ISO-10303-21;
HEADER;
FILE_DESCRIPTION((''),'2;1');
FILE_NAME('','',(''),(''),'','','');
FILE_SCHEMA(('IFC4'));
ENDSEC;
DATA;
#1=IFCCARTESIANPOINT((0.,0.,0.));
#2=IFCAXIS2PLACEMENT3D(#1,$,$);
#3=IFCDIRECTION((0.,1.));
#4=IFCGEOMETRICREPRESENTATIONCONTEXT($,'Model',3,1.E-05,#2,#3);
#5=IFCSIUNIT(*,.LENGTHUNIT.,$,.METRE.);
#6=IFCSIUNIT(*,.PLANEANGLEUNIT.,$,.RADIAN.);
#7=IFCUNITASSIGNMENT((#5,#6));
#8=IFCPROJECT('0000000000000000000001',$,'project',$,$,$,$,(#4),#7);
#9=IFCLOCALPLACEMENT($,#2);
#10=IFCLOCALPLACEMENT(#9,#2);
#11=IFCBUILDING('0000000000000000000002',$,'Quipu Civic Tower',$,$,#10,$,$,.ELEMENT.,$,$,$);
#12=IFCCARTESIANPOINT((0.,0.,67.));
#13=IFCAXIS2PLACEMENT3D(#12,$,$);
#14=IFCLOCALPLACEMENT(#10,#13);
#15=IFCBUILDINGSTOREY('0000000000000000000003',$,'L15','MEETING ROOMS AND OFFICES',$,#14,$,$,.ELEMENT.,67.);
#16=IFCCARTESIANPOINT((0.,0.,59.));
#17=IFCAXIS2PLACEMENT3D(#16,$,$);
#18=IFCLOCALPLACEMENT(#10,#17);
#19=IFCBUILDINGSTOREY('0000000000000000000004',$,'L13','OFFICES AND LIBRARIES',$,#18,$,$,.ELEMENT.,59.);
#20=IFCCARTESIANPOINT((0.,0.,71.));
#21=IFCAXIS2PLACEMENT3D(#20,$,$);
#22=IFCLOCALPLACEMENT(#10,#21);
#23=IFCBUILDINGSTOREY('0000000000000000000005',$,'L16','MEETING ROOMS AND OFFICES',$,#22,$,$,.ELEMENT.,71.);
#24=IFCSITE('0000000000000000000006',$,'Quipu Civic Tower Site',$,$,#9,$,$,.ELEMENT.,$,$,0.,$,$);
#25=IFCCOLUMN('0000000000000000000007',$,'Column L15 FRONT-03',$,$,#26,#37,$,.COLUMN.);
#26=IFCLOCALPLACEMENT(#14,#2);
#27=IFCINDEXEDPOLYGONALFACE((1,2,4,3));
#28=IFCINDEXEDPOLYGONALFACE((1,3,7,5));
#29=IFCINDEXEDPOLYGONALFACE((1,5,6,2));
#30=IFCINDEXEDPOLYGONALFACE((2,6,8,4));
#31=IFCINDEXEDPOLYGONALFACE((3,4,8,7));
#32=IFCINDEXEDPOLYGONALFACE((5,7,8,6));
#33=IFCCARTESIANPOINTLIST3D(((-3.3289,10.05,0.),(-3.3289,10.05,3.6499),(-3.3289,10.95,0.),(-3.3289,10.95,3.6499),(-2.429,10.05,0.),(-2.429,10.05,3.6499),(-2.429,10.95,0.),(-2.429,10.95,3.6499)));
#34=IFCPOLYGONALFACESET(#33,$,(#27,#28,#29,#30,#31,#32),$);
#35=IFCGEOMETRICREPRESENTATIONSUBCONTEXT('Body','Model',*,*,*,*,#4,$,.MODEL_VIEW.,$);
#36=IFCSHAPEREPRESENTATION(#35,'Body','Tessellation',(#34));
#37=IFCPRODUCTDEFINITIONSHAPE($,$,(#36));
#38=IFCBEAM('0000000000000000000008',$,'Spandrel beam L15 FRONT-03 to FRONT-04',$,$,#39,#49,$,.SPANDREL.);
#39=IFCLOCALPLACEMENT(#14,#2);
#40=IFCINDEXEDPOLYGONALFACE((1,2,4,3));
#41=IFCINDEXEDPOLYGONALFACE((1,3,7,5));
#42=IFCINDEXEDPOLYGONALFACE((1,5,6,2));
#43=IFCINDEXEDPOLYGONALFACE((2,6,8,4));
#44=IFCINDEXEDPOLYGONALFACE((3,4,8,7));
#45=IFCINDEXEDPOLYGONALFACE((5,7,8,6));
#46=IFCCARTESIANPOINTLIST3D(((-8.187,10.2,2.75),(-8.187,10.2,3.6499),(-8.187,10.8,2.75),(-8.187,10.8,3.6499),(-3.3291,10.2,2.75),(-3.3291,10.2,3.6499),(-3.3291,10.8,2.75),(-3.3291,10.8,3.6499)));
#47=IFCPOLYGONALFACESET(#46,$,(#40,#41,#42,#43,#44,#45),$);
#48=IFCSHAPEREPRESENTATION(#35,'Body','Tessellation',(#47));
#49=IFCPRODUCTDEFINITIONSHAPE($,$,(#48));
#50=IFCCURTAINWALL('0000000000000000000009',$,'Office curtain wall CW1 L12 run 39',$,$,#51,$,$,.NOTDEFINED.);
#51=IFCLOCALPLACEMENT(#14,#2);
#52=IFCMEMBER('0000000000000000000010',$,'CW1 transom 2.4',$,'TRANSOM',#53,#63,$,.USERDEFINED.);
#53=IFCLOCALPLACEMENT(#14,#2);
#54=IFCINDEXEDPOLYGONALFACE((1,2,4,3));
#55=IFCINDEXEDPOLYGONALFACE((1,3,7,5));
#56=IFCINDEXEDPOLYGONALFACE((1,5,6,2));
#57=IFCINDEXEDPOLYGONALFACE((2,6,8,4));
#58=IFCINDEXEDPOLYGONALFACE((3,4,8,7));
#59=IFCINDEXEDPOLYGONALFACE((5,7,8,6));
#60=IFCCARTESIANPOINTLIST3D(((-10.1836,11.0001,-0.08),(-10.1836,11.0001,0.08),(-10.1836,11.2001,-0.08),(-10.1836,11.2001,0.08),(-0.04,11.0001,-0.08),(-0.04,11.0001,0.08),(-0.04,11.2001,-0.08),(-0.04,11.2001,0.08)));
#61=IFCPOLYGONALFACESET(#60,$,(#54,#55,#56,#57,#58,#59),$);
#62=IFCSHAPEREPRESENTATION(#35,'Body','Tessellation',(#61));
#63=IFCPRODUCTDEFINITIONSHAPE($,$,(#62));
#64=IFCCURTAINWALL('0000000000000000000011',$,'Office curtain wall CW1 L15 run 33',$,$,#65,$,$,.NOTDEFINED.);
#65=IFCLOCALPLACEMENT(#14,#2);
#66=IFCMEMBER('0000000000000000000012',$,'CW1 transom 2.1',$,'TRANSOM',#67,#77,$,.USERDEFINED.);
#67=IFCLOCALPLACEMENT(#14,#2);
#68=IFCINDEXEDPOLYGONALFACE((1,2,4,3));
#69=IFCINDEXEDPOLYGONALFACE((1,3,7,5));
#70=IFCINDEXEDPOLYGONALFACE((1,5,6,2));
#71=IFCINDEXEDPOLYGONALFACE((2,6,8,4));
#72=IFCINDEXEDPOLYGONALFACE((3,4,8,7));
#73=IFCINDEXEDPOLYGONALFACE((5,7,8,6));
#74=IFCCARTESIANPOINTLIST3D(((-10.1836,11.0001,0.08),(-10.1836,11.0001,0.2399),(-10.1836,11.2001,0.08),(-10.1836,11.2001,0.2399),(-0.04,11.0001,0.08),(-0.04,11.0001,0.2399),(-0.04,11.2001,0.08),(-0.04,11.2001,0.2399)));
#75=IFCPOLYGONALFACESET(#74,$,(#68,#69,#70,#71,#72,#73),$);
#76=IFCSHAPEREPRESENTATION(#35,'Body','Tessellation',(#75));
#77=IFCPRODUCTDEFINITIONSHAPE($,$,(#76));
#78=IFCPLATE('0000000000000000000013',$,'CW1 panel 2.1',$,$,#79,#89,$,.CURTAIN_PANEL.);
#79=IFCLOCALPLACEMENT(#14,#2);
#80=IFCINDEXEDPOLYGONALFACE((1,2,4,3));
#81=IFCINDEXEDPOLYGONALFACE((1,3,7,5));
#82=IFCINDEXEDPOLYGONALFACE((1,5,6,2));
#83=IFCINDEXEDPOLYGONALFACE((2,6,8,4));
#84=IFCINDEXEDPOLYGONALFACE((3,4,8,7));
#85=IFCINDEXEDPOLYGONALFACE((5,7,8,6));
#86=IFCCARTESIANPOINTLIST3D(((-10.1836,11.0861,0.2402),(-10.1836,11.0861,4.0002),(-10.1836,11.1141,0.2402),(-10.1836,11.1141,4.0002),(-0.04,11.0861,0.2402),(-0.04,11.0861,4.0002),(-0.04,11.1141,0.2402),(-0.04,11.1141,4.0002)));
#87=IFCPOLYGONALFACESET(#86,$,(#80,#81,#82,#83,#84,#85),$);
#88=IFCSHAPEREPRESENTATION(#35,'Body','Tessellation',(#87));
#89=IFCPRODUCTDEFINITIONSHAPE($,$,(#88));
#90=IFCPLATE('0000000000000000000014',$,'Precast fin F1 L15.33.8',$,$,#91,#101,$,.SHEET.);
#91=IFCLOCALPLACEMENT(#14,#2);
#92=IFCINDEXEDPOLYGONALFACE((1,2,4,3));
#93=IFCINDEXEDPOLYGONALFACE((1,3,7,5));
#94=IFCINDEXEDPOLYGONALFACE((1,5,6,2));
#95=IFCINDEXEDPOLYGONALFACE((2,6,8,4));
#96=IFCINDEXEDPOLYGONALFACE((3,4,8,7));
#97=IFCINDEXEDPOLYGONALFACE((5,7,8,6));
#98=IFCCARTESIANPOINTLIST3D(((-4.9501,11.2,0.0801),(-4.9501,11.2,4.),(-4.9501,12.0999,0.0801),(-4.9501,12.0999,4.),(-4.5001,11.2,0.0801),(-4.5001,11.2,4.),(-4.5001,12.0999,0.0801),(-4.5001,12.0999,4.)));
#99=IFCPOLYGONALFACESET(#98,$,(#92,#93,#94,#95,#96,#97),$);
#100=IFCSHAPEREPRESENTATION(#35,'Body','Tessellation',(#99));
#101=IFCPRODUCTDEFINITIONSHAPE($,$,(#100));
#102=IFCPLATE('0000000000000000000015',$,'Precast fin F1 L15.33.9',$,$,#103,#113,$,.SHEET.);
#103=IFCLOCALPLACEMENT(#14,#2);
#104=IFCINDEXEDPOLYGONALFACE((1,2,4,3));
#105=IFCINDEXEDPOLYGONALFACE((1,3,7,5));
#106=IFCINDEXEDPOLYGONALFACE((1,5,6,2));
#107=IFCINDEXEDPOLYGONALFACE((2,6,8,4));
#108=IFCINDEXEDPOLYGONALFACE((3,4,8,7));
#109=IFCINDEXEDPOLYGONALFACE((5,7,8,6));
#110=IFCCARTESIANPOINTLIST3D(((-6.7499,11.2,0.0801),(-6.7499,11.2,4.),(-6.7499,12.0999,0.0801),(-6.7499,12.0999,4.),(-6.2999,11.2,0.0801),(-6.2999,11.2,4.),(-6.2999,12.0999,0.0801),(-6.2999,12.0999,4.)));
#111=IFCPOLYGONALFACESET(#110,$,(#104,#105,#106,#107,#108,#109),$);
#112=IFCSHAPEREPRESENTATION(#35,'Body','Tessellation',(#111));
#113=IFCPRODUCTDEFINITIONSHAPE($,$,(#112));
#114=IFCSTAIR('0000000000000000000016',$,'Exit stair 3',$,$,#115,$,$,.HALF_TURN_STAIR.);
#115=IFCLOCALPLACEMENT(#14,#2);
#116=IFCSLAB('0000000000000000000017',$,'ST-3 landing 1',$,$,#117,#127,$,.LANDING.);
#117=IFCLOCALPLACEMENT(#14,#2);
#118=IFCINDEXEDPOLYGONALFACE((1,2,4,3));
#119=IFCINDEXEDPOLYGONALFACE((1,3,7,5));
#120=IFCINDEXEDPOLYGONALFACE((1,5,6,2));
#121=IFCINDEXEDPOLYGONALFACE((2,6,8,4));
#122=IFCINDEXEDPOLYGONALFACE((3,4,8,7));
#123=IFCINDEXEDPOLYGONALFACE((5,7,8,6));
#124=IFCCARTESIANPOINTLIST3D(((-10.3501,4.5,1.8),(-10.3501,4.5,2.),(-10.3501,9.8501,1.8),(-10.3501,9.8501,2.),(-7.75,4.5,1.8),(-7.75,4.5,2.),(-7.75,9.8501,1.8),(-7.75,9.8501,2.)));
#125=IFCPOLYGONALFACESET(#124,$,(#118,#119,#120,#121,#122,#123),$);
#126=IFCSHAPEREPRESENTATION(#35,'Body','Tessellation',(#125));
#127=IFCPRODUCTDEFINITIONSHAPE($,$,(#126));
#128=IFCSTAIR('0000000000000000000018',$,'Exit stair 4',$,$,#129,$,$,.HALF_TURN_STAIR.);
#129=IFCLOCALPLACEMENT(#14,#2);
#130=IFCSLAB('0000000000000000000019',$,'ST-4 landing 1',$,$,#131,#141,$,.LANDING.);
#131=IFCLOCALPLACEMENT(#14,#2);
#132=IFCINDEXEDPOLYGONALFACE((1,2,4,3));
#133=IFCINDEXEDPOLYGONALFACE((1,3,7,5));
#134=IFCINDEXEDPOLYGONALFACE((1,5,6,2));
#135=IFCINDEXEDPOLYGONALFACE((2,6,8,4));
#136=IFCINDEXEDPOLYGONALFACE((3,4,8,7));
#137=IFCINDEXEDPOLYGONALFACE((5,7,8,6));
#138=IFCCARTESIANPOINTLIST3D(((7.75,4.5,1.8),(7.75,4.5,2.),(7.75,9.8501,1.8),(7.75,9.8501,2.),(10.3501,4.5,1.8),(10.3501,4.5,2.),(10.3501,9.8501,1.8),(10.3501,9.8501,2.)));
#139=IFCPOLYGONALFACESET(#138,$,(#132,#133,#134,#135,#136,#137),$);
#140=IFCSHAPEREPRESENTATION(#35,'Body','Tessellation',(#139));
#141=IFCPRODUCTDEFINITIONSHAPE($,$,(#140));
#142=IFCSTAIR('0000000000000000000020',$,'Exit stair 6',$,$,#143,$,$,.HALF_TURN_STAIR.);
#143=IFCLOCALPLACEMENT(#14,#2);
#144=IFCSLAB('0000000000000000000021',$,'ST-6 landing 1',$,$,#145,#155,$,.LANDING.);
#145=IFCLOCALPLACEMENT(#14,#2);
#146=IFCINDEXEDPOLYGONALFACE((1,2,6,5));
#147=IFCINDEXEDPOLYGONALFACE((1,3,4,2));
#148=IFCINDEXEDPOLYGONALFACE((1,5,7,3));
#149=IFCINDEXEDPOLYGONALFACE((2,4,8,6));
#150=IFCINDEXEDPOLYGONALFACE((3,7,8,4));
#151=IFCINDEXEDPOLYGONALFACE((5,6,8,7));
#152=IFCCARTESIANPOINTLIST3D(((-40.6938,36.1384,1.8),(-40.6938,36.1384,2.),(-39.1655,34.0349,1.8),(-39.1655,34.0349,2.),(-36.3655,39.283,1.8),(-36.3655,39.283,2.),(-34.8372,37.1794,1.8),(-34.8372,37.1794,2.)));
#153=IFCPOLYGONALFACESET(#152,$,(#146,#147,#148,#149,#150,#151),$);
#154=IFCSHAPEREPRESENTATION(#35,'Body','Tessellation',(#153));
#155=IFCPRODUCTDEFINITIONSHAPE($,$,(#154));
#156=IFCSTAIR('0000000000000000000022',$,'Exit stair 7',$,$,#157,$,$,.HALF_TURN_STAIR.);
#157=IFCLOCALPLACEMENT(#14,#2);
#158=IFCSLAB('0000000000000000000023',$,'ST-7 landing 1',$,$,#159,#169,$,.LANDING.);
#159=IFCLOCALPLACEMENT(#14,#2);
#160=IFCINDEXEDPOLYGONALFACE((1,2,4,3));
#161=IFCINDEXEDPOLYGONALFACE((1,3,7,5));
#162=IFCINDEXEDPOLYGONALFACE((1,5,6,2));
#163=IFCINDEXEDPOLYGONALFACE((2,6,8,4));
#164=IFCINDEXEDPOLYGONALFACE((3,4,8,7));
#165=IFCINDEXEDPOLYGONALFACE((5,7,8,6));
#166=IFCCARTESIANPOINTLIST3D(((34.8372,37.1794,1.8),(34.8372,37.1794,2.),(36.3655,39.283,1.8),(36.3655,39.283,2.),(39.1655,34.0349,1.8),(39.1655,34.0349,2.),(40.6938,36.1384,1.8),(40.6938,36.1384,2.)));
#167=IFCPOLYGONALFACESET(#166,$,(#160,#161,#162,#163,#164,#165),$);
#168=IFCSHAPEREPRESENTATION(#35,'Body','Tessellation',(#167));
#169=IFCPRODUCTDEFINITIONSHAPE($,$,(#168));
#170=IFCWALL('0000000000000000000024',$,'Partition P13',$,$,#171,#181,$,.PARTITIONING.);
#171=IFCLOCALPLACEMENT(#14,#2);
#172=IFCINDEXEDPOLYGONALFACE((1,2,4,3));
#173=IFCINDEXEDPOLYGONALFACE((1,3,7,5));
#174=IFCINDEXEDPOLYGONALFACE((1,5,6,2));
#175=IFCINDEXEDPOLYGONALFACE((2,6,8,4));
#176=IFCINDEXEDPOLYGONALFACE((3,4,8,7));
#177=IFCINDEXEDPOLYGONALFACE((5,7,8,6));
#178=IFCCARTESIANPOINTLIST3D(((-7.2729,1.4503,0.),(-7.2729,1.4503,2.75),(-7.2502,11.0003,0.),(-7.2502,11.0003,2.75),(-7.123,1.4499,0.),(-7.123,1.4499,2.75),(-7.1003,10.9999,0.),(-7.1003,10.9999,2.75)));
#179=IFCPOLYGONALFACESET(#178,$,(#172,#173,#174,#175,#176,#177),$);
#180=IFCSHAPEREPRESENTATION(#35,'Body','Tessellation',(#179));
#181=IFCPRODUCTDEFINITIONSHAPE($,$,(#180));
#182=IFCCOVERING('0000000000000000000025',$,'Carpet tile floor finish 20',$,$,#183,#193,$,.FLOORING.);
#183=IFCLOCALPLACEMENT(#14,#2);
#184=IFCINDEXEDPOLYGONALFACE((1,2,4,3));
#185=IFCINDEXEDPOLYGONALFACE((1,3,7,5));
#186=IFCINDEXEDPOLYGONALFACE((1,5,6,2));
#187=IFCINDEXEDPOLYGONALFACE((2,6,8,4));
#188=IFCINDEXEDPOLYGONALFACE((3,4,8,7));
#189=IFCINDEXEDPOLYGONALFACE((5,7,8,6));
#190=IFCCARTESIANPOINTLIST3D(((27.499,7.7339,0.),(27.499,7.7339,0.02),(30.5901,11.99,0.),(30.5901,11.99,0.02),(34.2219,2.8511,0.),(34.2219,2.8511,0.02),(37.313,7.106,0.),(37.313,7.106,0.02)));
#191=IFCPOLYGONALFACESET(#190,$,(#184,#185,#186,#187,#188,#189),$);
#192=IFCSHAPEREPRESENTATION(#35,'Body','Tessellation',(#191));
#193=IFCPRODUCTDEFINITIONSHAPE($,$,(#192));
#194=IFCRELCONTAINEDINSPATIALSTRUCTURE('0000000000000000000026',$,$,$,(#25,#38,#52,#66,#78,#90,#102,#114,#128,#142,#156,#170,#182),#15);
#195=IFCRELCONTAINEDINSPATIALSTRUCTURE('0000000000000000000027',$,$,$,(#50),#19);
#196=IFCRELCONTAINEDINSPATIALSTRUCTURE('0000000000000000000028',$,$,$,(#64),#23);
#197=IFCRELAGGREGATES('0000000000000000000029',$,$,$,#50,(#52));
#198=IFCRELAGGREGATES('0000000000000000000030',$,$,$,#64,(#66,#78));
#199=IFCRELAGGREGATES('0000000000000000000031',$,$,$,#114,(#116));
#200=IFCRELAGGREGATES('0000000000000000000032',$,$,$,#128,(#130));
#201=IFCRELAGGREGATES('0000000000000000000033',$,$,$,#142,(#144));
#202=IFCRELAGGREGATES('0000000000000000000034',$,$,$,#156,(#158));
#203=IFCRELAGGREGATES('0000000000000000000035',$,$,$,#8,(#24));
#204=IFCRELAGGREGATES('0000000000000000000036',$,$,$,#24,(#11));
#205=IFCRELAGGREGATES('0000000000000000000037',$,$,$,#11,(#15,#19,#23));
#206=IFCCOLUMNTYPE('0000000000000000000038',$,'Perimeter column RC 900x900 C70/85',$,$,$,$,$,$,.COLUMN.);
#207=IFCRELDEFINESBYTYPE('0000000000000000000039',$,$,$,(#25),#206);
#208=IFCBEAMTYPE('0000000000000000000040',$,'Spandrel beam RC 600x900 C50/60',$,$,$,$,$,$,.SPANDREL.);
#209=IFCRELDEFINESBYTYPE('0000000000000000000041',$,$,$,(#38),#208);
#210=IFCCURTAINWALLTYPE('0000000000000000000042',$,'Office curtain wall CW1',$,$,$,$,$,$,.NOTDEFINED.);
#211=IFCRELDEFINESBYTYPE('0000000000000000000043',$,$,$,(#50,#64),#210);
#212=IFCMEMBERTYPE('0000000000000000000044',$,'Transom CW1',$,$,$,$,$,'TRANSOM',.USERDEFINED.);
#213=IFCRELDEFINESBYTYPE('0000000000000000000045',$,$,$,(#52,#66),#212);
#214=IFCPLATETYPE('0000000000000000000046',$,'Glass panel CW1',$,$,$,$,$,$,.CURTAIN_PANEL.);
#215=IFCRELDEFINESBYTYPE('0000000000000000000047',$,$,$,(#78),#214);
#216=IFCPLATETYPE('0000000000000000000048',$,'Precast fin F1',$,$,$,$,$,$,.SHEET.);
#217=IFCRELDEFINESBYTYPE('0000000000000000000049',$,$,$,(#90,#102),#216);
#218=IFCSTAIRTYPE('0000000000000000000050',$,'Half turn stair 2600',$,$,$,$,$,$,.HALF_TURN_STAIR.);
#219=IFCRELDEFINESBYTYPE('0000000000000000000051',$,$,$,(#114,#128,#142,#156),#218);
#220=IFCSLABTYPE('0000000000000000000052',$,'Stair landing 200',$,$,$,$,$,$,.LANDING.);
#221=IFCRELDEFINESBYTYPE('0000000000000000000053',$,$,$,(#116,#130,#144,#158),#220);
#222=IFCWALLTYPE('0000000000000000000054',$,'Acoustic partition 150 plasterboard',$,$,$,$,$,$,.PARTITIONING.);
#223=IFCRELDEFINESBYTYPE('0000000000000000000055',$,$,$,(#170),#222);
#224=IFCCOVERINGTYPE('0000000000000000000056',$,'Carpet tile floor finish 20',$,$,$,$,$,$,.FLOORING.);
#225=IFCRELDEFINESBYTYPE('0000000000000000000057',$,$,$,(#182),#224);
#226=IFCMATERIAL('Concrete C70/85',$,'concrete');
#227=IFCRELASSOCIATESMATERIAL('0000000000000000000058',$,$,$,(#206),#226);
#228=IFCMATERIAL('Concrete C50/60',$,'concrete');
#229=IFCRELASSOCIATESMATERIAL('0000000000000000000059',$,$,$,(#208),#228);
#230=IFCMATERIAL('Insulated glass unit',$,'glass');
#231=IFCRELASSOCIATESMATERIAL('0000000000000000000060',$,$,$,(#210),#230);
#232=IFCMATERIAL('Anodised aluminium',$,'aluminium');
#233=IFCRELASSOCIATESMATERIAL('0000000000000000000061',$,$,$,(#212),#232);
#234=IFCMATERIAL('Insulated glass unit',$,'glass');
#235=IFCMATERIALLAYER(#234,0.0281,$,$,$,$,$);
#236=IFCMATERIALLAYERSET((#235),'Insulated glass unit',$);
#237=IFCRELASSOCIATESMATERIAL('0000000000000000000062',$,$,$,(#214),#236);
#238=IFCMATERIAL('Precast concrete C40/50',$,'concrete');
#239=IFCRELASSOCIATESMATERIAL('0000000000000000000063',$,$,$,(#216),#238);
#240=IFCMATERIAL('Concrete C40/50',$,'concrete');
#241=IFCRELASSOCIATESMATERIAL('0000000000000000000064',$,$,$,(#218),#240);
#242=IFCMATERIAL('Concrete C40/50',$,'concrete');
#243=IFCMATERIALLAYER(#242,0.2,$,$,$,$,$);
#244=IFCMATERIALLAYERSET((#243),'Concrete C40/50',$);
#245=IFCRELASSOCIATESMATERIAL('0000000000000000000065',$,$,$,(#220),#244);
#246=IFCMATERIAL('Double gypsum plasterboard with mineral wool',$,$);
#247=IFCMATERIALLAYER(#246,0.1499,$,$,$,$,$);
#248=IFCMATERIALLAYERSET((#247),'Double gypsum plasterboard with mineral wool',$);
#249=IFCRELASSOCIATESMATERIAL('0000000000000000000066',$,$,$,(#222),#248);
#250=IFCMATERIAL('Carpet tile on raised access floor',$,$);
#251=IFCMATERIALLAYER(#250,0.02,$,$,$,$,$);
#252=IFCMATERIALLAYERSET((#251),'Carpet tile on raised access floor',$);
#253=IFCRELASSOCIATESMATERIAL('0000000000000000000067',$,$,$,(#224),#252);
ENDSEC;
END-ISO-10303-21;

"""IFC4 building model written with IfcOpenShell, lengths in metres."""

from ifc_helpers import new_model, si_unit, direction, frame, frame_2d, origin, origin_2d, place, context, subcontext, project, spatial, polyline, rectangle, outline, extrude, material, layer, layer_set, material_profile, profile_set, type_object, element, aggregate, save


model = new_model("IFC4")

# Units and contexts
model_context = context("Model", 3, precision=1e-05, world=origin(), true_north=direction((0.0, 1.0)))
body_context = subcontext(model_context, "Body", "Model", "MODEL_VIEW")
ifc_project = project(units=[si_unit("LENGTHUNIT", "METRE"), si_unit("PLANEANGLEUNIT", "RADIAN")], contexts=[model_context])

# Site, building, storey
site_placement = place(None, origin())
site = spatial("IfcSite", under=ifc_project, at=site_placement, Name="Quipu Civic Tower Site", CompositionType="ELEMENT", RefElevation=0.0)
building_placement = place(site_placement, origin())
building = spatial("IfcBuilding", under=site, at=building_placement, Name="Quipu Civic Tower", CompositionType="ELEMENT")
storey_1_placement = place(building_placement, frame((0.0, 0.0, 67.0)))
storey_1 = spatial("IfcBuildingStorey", under=building, at=storey_1_placement, Name="L15", Description="MEETING ROOMS AND OFFICES", CompositionType="ELEMENT", Elevation=67.0)

# Column
ifc_material_1 = material(Name="Concrete C70/85", Category="concrete")
ifc_material_profile_1 = material_profile(ifc_material_1, rectangle(XDim=0.8999, YDim=0.8999, at=origin_2d()), Name="RC900x900")
ifc_profile_set_1 = profile_set([ifc_material_profile_1], Name="Concrete C70/85")
column_type = type_object("IfcColumnType", Name="Perimeter column RC 900x900 C70/85", PredefinedType="COLUMN", material=ifc_profile_set_1)
column_placement = place(storey_1_placement, frame((-2.8789, 10.5, 0.0), z_axis=(0.0, 0.0, 1.0), x_axis=(-1.0, 0.0, 0.0)))
element("IfcColumn", 1, at=column_placement, inside=storey_1, type_object=column_type, Name="Column L15 FRONT-03", PredefinedType="COLUMN", context=body_context, shape_type="SweptSolid", body=[
    extrude(rectangle(XDim=0.8999, YDim=0.8999, at=origin_2d()), origin(), (0.0, 0.0, 1.0), 3.6499),
])

# Beam
ifc_material_2 = material(Name="Concrete C50/60", Category="concrete")
ifc_material_profile_2 = material_profile(ifc_material_2, rectangle(XDim=0.6001, YDim=0.8999, at=origin_2d()), Name="RC600x900")
ifc_profile_set_2 = profile_set([ifc_material_profile_2], Name="Concrete C50/60")
beam_type = type_object("IfcBeamType", Name="Spandrel beam RC 600x900 C50/60", PredefinedType="SPANDREL", material=ifc_profile_set_2)
beam_placement = place(storey_1_placement, frame((-3.3291, 10.5, 3.2), z_axis=(-1.0, 0.0, 0.0), x_axis=(0.0, -1.0, 0.0)))
element("IfcBeam", 2, at=beam_placement, inside=storey_1, type_object=beam_type, Name="Spandrel beam L15 FRONT-03 to FRONT-04", PredefinedType="SPANDREL", context=body_context, shape_type="SweptSolid", body=[
    extrude(rectangle(XDim=0.6001, YDim=0.8999, at=origin_2d()), origin(), (0.0, 0.0, 1.0), 4.8579),
])

# Shared definitions
storey_2_placement = place(building_placement, frame((0.0, 0.0, 59.0)))
storey_2 = spatial("IfcBuildingStorey", under=building, at=storey_2_placement, Name="L13", Description="OFFICES AND LIBRARIES", CompositionType="ELEMENT", Elevation=59.0)

# Curtain wall, member
ifc_material_3 = material(Name="Insulated glass unit", Category="glass")
curtain_wall_type = type_object("IfcCurtainWallType", Name="Office curtain wall CW1", PredefinedType="NOTDEFINED", material=ifc_material_3)
curtain_wall_1_placement = place(storey_2_placement, origin())
curtain_wall_1 = element("IfcCurtainWall", 3, at=curtain_wall_1_placement, inside=storey_2, type_object=curtain_wall_type, Name="Office curtain wall CW1 L12 run 39", PredefinedType="NOTDEFINED")
ifc_material_4 = material(Name="Anodised aluminium", Category="aluminium")
ifc_material_profile_3 = material_profile(ifc_material_4, rectangle(XDim=0.2, YDim=0.1599, at=origin_2d()), Name="RECT 200x160")
ifc_profile_set_3 = profile_set([ifc_material_profile_3], Name="Anodised aluminium")
member_type = type_object("IfcMemberType", Name="Transom CW1", ElementType="TRANSOM", PredefinedType="USERDEFINED", material=ifc_profile_set_3)
member_1_placement = place(storey_1_placement, frame((-0.04, 11.1001, 0.0), z_axis=(-1.0, 0.0, 0.0), x_axis=(0.0, -1.0, 0.0)))
member_1 = element("IfcMember", 4, at=member_1_placement, inside=storey_1, type_object=member_type, Name="CW1 transom 2.4", ObjectType="TRANSOM", PredefinedType="USERDEFINED", context=body_context, shape_type="SweptSolid", body=[
    extrude(rectangle(XDim=0.2, YDim=0.1599, at=origin_2d()), origin(), (0.0, 0.0, 1.0), 10.1436),
])
aggregate(curtain_wall_1, [member_1])

# Shared definitions
storey_3_placement = place(building_placement, frame((0.0, 0.0, 71.0)))
storey_3 = spatial("IfcBuildingStorey", under=building, at=storey_3_placement, Name="L16", Description="MEETING ROOMS AND OFFICES", CompositionType="ELEMENT", Elevation=71.0)

# Curtain wall, member, plate
curtain_wall_2_placement = place(storey_3_placement, origin())
curtain_wall_2 = element("IfcCurtainWall", 5, at=curtain_wall_2_placement, inside=storey_3, type_object=curtain_wall_type, Name="Office curtain wall CW1 L15 run 33", PredefinedType="NOTDEFINED")
member_2_placement = place(storey_1_placement, frame((-0.04, 11.1001, 0.1599), z_axis=(-1.0, 0.0, 0.0), x_axis=(0.0, -1.0, 0.0)))
member_2 = element("IfcMember", 6, at=member_2_placement, inside=storey_1, type_object=member_type, Name="CW1 transom 2.1", ObjectType="TRANSOM", PredefinedType="USERDEFINED", context=body_context, shape_type="SweptSolid", body=[
    extrude(rectangle(XDim=0.2, YDim=0.1599, at=origin_2d()), origin(), (0.0, 0.0, 1.0), 10.1436),
])
ifc_material_5 = material(Name="Insulated glass unit", Category="glass")
ifc_layer_1 = layer(ifc_material_5, 0.0281)
ifc_layer_set_1 = layer_set([ifc_layer_1], Name="Insulated glass unit")
plate_type_1 = type_object("IfcPlateType", Name="Glass panel CW1", PredefinedType="CURTAIN_PANEL", material=ifc_layer_set_1)
plate_placement = place(storey_1_placement, frame((-5.1118, 11.1001, 0.2402), z_axis=(0.0, 0.0, 1.0), x_axis=(-1.0, 0.0, 0.0)))
plate = element("IfcPlate", 7, at=plate_placement, inside=storey_1, type_object=plate_type_1, Name="CW1 panel 2.1", PredefinedType="CURTAIN_PANEL", context=body_context, shape_type="SweptSolid", body=[
    extrude(rectangle(XDim=10.1436, YDim=0.0281, at=origin_2d()), origin(), (0.0, 0.0, 1.0), 3.76),
])
aggregate(curtain_wall_2, [member_2, plate])

# Plates
ifc_material_6 = material(Name="Precast concrete C40/50", Category="concrete")
plate_type_2 = type_object("IfcPlateType", Name="Precast fin F1", PredefinedType="SHEET", material=ifc_material_6)
for number, where, z_axis, x_axis, name in (
    (8, (-4.7251, 11.6499, 0.0801), (0.0, 0.0, 1.0), (-1.0, 0.0, 0.0), "Precast fin F1 L15.33.8"),
    (9, (-6.5249, 11.6499, 0.0801), (0.0, 0.0, 1.0), (-1.0, 0.0, 0.0), "Precast fin F1 L15.33.9"),
):
    element("IfcPlate", number, at=place(storey_1_placement, frame(where, z_axis=z_axis, x_axis=x_axis)), inside=storey_1, type_object=plate_type_2, Name=name, PredefinedType="SHEET", context=body_context, shape_type="SweptSolid", body=[
        extrude(rectangle(XDim=0.45, YDim=0.8999, at=origin_2d()), origin(), (0.0, 0.0, 1.0), 3.9199),
    ])

# Stairs, slabs
ifc_material_7 = material(Name="Concrete C40/50", Category="concrete")
stair_type = type_object("IfcStairType", Name="Half turn stair 2600", PredefinedType="HALF_TURN_STAIR", material=ifc_material_7)
stair_1_placement = place(storey_1_placement, origin())
stair_1 = element("IfcStair", 10, at=stair_1_placement, inside=storey_1, type_object=stair_type, Name="Exit stair 3", PredefinedType="HALF_TURN_STAIR")
ifc_material_8 = material(Name="Concrete C40/50", Category="concrete")
ifc_layer_2 = layer(ifc_material_8, 0.2)
ifc_layer_set_2 = layer_set([ifc_layer_2], Name="Concrete C40/50")
slab_type = type_object("IfcSlabType", Name="Stair landing 200", PredefinedType="LANDING", material=ifc_layer_set_2)
slab_1_placement = place(storey_1_placement, frame((0.0, 0.0, 1.8)))
slab_1 = element("IfcSlab", 11, at=slab_1_placement, type_object=slab_type, Name="ST-3 landing 1", PredefinedType="LANDING", context=body_context, shape_type="SweptSolid", body=[
    extrude(outline(polyline([(-10.3501, 4.5), (-7.75, 4.5), (-7.75, 9.8501), (-10.3501, 9.8501), (-10.3501, 4.5)])), origin(), (0.0, 0.0, 1.0), 0.2),
])
aggregate(stair_1, [slab_1])
stair_2_placement = place(storey_1_placement, origin())
stair_2 = element("IfcStair", 12, at=stair_2_placement, inside=storey_1, type_object=stair_type, Name="Exit stair 4", PredefinedType="HALF_TURN_STAIR")
slab_2_placement = place(storey_1_placement, frame((0.0, 0.0, 1.8)))
slab_2 = element("IfcSlab", 13, at=slab_2_placement, type_object=slab_type, Name="ST-4 landing 1", PredefinedType="LANDING", context=body_context, shape_type="SweptSolid", body=[
    extrude(outline(polyline([(10.3501, 9.8501), (7.75, 9.8501), (7.75, 4.5), (10.3501, 4.5), (10.3501, 9.8501)])), origin(), (0.0, 0.0, 1.0), 0.2),
])
aggregate(stair_2, [slab_2])
stair_3_placement = place(storey_1_placement, origin())
stair_3 = element("IfcStair", 14, at=stair_3_placement, inside=storey_1, type_object=stair_type, Name="Exit stair 6", PredefinedType="HALF_TURN_STAIR")
slab_3_placement = place(storey_1_placement, frame((0.0, 0.0, 1.8)))
slab_3 = element("IfcSlab", 15, at=slab_3_placement, type_object=slab_type, Name="ST-6 landing 1", PredefinedType="LANDING", context=body_context, shape_type="SweptSolid", body=[
    extrude(outline(polyline([(-34.8372, 37.1794), (-36.3655, 39.283), (-40.6938, 36.1384), (-39.1655, 34.0349), (-34.8372, 37.1794)])), origin(), (0.0, 0.0, 1.0), 0.2),
])
aggregate(stair_3, [slab_3])
stair_4_placement = place(storey_1_placement, origin())
stair_4 = element("IfcStair", 16, at=stair_4_placement, inside=storey_1, type_object=stair_type, Name="Exit stair 7", PredefinedType="HALF_TURN_STAIR")
slab_4_placement = place(storey_1_placement, frame((0.0, 0.0, 1.8)))
slab_4 = element("IfcSlab", 17, at=slab_4_placement, type_object=slab_type, Name="ST-7 landing 1", PredefinedType="LANDING", context=body_context, shape_type="SweptSolid", body=[
    extrude(outline(polyline([(39.1655, 34.0349), (40.6938, 36.1384), (36.3655, 39.283), (34.8372, 37.1794), (39.1655, 34.0349)])), origin(), (0.0, 0.0, 1.0), 0.2),
])
aggregate(stair_4, [slab_4])

# Wall
ifc_material_9 = material(Name="Double gypsum plasterboard with mineral wool")
ifc_layer_3 = layer(ifc_material_9, 0.1499)
ifc_layer_set_3 = layer_set([ifc_layer_3], Name="Double gypsum plasterboard with mineral wool")
wall_type = type_object("IfcWallType", Name="Acoustic partition 150 plasterboard", PredefinedType="PARTITIONING", material=ifc_layer_set_3)
wall_placement = place(storey_1_placement, frame((-7.1753, 11.0, 0.0), z_axis=(0.0, 0.0, 1.0), x_axis=(-0.002377, -0.999997, 0.0)))
element("IfcWall", 18, at=wall_placement, inside=storey_1, type_object=wall_type, Name="Partition P13", PredefinedType="PARTITIONING", context=body_context, shape_type="SweptSolid", body=[
    extrude(rectangle(XDim=9.55, YDim=0.1499, at=frame_2d((4.7749, 0.0))), origin(), (0.0, 0.0, 1.0), 2.75),
])

# Covering
ifc_material_10 = material(Name="Carpet tile on raised access floor")
ifc_layer_4 = layer(ifc_material_10, 0.02)
ifc_layer_set_4 = layer_set([ifc_layer_4], Name="Carpet tile on raised access floor")
covering_type_1 = type_object("IfcCoveringType", Name="Carpet tile floor finish 20", PredefinedType="FLOORING", material=ifc_layer_set_4)
covering_1_placement = place(storey_1_placement, origin())
element("IfcCovering", 19, at=covering_1_placement, inside=storey_1, type_object=covering_type_1, Name="Carpet tile floor finish 20", PredefinedType="FLOORING", context=body_context, shape_type="SweptSolid", body=[
    extrude(outline(polyline([(27.499, 7.7339), (30.5901, 11.99), (37.313, 7.106), (34.2219, 2.8511), (27.499, 7.7339)])), origin(), (0.0, 0.0, 1.0), 0.02),
])

save(model, "model.ifc")
